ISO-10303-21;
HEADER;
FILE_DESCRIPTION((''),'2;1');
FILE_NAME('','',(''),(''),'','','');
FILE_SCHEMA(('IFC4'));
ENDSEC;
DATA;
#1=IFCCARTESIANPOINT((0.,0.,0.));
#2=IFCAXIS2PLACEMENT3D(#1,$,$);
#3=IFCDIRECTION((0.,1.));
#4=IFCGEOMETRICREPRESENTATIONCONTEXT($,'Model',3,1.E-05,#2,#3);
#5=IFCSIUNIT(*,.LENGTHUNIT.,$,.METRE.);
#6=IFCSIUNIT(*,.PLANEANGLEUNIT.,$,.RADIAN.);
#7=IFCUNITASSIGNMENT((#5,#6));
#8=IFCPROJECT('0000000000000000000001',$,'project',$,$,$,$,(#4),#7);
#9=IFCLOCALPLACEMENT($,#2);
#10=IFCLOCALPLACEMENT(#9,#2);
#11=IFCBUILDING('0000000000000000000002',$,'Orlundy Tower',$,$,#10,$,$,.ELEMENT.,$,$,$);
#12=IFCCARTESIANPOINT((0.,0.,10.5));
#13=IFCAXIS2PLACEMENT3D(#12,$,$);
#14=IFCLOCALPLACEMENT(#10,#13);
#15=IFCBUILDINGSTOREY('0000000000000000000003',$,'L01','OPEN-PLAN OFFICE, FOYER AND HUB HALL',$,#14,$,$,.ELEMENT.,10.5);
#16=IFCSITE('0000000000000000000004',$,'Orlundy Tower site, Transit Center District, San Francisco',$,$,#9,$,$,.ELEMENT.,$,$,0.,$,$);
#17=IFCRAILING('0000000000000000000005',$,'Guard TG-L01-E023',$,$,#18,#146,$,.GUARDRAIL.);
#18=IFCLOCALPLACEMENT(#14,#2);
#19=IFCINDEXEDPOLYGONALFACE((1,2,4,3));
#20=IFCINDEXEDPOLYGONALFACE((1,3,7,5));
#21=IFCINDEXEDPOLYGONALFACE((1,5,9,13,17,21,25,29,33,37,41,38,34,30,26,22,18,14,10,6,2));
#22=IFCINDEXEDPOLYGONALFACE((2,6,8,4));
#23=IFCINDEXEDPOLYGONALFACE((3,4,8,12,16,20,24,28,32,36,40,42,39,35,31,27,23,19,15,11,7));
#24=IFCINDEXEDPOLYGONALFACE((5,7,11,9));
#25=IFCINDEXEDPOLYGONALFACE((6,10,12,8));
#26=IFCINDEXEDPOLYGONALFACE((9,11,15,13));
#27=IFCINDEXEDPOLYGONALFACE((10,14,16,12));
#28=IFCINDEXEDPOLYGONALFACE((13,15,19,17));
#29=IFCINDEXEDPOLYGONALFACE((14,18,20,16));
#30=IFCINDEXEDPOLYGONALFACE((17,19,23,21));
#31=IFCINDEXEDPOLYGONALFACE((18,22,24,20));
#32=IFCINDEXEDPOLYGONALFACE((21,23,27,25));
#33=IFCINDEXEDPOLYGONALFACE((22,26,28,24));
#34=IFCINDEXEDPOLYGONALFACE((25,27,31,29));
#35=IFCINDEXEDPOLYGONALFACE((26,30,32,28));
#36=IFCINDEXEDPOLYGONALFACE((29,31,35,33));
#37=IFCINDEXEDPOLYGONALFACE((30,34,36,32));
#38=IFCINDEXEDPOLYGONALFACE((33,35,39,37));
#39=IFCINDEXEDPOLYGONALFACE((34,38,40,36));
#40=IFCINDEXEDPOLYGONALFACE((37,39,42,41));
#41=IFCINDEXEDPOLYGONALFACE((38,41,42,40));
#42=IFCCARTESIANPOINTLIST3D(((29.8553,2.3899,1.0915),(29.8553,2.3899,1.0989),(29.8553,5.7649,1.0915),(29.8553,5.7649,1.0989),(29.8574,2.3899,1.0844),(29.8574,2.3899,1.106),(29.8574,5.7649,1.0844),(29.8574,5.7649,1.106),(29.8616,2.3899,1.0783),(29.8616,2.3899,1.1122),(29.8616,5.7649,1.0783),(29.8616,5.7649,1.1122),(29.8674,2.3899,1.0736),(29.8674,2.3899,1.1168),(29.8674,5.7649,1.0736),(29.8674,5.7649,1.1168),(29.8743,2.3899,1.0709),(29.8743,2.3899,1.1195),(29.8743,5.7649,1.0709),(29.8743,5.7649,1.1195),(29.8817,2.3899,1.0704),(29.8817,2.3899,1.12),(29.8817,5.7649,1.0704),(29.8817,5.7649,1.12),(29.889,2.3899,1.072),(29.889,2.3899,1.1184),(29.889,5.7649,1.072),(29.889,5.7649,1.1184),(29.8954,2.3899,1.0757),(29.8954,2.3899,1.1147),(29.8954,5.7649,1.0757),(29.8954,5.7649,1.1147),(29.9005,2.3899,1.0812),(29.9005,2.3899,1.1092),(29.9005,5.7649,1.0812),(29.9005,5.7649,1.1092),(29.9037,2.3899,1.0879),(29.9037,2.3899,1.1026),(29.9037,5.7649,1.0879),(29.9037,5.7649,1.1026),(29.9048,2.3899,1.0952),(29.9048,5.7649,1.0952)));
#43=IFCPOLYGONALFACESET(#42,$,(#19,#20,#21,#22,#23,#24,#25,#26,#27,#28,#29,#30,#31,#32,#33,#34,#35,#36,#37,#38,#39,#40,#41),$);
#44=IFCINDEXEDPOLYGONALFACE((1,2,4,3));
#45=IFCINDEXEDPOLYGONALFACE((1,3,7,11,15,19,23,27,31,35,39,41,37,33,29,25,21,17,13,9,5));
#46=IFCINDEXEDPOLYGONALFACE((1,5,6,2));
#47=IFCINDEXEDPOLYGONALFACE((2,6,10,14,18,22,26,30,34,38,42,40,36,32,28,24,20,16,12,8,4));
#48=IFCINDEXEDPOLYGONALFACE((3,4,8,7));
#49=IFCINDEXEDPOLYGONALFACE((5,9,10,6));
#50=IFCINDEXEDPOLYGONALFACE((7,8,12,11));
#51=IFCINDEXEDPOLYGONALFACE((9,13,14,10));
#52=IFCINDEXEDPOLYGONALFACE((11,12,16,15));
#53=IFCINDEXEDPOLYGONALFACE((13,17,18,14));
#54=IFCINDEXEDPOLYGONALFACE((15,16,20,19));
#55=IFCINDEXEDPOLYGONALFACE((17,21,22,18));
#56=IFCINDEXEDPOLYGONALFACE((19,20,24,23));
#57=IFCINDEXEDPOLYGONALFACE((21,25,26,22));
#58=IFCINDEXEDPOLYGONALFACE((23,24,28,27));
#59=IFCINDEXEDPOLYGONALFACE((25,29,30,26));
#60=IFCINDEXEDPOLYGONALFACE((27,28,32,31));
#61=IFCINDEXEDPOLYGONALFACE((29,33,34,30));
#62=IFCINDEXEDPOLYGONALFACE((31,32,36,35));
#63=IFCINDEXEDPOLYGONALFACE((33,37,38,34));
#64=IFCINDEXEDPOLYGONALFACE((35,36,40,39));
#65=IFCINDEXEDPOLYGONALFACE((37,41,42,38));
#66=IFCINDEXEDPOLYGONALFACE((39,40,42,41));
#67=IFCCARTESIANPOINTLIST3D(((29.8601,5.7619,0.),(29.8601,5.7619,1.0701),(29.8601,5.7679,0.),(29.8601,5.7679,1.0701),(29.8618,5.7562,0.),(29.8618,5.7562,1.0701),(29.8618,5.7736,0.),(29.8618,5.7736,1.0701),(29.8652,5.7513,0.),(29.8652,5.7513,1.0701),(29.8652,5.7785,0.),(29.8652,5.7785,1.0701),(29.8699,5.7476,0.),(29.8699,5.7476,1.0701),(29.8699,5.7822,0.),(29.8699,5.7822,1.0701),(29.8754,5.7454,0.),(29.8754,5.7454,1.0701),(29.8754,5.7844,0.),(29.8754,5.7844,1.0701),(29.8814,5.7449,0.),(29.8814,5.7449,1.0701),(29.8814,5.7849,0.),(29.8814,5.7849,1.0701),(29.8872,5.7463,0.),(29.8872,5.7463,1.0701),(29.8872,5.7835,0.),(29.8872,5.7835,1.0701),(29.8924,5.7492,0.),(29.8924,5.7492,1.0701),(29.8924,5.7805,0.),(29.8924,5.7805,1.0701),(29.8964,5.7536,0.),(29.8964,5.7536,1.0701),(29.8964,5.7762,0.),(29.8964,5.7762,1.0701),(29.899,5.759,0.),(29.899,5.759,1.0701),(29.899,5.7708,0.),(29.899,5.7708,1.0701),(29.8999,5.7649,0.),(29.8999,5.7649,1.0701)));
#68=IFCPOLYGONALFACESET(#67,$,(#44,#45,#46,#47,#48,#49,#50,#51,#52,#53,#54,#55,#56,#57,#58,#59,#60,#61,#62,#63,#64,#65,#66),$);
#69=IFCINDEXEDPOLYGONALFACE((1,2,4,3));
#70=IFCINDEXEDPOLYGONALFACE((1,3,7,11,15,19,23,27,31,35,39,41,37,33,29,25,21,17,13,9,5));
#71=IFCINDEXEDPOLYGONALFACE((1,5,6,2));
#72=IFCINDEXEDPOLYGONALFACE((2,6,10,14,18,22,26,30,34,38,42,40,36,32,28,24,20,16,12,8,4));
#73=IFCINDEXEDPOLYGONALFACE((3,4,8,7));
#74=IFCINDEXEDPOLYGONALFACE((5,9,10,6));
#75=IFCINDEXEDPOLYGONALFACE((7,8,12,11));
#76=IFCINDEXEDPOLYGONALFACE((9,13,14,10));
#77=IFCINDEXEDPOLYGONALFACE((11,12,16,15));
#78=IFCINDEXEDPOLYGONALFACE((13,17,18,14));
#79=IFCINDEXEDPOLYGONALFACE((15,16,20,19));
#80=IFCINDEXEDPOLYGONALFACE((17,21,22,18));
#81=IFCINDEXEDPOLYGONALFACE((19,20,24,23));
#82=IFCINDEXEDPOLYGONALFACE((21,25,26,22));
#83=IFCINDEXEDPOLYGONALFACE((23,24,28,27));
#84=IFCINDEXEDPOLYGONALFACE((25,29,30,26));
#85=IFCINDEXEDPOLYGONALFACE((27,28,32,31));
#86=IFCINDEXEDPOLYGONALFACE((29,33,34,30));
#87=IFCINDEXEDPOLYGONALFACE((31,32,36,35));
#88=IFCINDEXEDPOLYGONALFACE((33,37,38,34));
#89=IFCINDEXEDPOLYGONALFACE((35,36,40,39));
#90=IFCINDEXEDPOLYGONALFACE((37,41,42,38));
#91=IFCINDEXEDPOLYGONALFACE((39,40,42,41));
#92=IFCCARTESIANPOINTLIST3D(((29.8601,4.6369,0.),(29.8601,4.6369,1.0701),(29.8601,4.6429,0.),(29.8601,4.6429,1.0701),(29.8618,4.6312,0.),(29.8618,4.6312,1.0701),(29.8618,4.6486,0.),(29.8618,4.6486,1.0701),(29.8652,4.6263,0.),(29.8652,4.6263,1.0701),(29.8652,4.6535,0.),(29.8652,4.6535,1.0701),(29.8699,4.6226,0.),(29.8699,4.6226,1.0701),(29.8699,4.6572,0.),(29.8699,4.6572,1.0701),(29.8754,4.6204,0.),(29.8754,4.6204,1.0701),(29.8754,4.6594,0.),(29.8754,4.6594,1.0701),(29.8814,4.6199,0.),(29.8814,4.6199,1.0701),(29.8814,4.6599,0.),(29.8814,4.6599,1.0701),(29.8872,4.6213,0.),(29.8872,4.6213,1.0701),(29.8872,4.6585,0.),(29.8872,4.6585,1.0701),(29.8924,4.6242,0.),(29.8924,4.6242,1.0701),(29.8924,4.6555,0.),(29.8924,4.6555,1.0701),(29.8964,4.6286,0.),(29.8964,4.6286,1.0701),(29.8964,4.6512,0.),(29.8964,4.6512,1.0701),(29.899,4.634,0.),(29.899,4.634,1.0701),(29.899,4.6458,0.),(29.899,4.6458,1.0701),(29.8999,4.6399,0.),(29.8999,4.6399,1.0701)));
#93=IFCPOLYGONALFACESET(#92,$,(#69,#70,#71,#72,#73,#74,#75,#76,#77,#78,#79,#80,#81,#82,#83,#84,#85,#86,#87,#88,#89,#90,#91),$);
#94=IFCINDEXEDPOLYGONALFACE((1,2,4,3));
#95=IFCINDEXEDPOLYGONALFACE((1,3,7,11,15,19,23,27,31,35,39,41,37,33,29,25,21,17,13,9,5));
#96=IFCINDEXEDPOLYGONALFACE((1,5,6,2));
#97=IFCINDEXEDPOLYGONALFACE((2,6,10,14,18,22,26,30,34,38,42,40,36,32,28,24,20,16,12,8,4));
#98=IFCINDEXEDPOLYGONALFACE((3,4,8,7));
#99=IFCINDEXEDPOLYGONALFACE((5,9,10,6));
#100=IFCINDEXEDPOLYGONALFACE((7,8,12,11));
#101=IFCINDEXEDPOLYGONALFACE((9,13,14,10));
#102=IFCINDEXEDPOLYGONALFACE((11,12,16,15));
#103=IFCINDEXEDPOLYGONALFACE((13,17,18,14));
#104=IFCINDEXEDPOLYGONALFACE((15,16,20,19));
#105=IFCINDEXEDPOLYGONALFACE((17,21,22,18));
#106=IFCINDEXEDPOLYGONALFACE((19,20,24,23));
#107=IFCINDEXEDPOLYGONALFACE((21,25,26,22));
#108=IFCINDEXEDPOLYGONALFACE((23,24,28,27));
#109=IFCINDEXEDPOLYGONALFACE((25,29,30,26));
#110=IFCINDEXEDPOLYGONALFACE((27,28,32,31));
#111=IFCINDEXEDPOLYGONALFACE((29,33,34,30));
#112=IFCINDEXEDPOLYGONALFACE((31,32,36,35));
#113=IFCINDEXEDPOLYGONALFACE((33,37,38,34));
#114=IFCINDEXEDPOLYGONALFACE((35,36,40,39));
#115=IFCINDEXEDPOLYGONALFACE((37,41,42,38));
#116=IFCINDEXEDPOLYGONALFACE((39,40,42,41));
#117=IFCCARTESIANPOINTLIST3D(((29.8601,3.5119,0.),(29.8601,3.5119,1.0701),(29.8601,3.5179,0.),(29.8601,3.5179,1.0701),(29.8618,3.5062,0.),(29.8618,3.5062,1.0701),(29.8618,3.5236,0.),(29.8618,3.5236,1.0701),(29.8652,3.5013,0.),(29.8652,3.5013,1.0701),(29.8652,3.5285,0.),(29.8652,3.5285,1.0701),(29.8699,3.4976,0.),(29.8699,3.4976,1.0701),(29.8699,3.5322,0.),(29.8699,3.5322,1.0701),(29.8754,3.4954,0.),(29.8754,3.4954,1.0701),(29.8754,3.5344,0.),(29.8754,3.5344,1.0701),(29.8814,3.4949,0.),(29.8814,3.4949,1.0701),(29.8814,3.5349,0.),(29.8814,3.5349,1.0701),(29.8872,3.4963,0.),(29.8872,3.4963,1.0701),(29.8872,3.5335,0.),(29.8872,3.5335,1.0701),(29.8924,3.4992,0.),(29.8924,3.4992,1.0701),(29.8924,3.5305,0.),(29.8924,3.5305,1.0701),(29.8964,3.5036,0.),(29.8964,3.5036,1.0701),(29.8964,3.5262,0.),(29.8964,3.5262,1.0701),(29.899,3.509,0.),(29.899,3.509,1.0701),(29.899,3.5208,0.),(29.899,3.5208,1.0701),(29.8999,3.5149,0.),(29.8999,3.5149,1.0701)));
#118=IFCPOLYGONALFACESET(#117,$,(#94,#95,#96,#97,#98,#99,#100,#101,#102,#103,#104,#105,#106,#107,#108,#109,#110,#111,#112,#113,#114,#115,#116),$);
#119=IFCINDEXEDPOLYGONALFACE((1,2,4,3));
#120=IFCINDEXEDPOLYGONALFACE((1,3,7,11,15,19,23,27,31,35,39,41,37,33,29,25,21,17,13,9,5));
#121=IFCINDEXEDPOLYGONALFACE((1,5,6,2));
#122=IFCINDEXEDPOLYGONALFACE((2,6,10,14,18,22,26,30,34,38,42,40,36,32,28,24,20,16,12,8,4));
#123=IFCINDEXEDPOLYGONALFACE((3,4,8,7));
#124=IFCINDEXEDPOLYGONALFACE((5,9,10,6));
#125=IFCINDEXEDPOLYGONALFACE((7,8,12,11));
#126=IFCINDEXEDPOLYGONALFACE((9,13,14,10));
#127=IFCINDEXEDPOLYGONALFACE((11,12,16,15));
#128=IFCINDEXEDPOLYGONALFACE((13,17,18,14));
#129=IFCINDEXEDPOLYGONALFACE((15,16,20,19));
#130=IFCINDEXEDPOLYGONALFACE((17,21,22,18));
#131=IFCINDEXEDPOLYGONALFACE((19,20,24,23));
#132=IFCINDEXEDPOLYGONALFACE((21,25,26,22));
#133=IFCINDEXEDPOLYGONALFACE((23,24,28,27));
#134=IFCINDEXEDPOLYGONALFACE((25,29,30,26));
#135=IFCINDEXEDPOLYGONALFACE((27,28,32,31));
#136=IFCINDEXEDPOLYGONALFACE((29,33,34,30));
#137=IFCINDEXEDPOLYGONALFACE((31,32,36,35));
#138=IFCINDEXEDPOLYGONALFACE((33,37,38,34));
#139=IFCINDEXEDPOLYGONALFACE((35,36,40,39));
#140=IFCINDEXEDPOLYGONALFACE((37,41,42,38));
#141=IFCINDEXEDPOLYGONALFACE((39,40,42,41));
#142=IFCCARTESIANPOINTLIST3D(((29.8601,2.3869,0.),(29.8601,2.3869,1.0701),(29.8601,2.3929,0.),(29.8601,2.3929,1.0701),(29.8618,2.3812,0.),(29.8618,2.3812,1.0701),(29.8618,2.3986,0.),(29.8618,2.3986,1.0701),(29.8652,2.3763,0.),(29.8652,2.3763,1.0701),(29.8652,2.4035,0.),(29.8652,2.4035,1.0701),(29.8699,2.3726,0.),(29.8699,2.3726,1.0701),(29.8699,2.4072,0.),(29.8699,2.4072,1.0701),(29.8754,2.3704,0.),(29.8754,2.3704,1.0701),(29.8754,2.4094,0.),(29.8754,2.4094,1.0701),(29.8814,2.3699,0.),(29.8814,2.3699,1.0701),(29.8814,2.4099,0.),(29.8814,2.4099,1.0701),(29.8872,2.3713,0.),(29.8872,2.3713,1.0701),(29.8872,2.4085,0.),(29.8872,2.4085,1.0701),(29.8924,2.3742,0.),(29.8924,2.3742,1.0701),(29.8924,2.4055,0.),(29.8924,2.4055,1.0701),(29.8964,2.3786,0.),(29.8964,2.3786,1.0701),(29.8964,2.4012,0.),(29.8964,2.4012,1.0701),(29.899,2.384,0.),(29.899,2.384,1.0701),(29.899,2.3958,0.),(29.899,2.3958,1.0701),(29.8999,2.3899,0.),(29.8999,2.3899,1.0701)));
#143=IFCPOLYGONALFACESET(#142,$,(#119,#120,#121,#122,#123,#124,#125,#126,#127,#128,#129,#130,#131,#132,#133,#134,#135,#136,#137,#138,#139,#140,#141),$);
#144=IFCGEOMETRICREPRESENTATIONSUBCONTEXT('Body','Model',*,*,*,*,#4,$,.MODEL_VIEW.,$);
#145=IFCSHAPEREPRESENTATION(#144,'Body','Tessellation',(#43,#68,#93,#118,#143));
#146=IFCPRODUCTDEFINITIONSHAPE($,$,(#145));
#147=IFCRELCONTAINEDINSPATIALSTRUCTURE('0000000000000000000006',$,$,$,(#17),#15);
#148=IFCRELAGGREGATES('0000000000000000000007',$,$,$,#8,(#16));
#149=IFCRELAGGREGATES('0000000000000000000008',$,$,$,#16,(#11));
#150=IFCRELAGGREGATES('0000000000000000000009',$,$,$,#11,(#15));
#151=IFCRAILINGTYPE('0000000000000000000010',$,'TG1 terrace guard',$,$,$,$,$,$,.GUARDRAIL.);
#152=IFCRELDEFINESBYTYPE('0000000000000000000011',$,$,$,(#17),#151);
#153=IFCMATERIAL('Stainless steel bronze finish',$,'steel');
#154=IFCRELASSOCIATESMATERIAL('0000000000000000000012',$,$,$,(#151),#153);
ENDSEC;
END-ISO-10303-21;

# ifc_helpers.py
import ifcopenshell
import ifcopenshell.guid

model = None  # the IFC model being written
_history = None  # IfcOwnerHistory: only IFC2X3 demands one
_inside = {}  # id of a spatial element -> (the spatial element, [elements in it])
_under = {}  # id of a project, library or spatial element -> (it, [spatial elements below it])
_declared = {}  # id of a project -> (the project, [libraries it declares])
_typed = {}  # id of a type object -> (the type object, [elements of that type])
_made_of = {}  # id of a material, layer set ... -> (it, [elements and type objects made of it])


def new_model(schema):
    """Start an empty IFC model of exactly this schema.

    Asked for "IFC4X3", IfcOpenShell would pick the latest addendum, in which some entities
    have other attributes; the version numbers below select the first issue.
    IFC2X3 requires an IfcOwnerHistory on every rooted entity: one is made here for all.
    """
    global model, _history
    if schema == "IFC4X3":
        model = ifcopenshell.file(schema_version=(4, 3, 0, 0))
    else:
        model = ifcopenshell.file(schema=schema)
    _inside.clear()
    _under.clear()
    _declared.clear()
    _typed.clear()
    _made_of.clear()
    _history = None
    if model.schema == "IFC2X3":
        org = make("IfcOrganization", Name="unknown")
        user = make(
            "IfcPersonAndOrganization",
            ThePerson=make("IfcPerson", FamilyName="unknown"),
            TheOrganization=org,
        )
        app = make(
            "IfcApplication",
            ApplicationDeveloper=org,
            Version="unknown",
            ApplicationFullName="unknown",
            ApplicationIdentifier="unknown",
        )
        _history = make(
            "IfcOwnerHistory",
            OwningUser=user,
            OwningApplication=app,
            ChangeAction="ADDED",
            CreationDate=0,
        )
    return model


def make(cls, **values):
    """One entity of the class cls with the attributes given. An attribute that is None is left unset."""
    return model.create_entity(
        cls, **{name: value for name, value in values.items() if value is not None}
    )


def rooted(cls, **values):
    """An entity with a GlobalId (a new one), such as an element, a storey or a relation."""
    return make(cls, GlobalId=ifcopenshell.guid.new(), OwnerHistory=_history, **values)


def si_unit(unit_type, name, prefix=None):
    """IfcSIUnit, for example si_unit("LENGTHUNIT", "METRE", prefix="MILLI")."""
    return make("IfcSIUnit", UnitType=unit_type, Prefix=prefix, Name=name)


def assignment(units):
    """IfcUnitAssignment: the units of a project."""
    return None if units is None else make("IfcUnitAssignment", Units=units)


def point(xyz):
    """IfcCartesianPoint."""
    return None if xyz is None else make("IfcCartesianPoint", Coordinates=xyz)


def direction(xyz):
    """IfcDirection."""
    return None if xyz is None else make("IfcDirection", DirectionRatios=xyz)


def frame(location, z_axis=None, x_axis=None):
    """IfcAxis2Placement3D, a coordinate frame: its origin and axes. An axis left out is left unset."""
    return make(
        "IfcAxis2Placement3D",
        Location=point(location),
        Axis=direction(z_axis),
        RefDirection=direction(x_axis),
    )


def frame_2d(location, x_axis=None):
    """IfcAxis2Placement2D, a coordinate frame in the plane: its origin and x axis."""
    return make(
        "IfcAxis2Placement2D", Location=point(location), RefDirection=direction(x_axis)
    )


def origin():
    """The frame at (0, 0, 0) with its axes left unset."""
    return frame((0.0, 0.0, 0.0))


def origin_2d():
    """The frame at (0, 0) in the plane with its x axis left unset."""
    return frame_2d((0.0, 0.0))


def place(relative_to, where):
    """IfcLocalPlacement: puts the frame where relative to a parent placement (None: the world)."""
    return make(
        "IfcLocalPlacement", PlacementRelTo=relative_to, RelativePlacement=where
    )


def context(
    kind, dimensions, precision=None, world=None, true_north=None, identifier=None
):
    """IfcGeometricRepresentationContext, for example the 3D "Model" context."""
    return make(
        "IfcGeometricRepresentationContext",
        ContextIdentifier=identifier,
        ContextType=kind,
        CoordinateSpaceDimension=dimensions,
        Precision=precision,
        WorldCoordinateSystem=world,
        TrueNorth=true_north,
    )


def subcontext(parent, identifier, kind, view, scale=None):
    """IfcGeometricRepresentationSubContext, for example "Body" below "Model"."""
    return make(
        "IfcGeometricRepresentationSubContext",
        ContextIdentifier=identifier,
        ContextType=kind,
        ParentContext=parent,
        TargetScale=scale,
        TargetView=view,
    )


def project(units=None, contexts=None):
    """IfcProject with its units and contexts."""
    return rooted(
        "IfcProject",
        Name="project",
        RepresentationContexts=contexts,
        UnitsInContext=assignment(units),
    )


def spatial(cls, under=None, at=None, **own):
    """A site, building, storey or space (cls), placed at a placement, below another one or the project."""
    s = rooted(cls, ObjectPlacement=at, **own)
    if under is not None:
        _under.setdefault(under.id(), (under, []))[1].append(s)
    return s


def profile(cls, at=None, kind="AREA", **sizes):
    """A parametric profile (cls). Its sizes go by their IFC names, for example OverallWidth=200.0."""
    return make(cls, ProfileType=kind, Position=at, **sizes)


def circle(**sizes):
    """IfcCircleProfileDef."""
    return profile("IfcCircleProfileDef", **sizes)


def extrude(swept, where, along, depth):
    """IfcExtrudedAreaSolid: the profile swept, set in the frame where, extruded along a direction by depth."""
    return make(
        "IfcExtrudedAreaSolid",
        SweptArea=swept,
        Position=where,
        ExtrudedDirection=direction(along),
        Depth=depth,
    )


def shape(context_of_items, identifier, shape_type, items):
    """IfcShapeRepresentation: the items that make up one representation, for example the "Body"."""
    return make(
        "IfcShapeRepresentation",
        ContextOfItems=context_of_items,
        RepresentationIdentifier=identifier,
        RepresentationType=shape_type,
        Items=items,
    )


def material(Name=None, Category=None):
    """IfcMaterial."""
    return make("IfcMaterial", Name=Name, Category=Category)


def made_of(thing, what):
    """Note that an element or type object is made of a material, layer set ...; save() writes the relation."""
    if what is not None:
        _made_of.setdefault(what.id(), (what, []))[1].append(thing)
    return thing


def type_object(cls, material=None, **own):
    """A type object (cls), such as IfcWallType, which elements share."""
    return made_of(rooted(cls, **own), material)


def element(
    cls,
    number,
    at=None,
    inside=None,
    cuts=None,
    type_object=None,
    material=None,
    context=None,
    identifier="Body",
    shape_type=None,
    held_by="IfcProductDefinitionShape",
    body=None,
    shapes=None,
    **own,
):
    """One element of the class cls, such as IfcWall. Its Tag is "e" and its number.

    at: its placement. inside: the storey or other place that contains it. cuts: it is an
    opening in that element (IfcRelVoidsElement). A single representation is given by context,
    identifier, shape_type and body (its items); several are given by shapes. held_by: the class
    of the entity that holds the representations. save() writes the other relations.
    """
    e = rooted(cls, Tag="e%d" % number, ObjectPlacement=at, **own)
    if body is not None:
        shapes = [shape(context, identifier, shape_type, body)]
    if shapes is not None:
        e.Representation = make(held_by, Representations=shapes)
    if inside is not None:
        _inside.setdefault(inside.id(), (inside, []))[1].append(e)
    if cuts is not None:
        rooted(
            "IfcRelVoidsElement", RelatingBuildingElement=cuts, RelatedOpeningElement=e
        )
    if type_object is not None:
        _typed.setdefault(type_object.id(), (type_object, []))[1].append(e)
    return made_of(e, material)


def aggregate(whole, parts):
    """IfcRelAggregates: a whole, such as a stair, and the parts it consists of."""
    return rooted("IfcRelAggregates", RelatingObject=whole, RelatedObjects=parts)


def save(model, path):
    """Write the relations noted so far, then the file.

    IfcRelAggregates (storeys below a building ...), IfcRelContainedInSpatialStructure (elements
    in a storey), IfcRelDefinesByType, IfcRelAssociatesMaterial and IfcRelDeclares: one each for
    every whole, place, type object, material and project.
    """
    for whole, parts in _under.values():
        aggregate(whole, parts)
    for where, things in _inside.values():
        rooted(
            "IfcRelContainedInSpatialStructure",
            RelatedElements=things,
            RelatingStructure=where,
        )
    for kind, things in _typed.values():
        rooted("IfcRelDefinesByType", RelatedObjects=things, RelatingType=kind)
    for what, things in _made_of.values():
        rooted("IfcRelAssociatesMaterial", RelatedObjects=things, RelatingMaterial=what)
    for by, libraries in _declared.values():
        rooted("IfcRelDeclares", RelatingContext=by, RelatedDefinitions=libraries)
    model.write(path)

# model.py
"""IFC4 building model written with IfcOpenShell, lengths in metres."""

from ifc_helpers import new_model, si_unit, direction, frame, origin, origin_2d, place, context, subcontext, project, spatial, circle, extrude, material, type_object, element, save


model = new_model("IFC4")

# Units and contexts
model_context = context("Model", 3, precision=1e-05, world=origin(), true_north=direction((0.0, 1.0)))
body_context = subcontext(model_context, "Body", "Model", "MODEL_VIEW")
ifc_project = project(units=[si_unit("LENGTHUNIT", "METRE"), si_unit("PLANEANGLEUNIT", "RADIAN")], contexts=[model_context])

# Site, building, storey
site_placement = place(None, origin())
site = spatial("IfcSite", under=ifc_project, at=site_placement, Name="Orlundy Tower site, Transit Center District, San Francisco", CompositionType="ELEMENT", RefElevation=0.0)
building_placement = place(site_placement, origin())
building = spatial("IfcBuilding", under=site, at=building_placement, Name="Orlundy Tower", CompositionType="ELEMENT")
storey_placement = place(building_placement, frame((0.0, 0.0, 10.5)))
storey = spatial("IfcBuildingStorey", under=building, at=storey_placement, Name="L01", Description="OPEN-PLAN OFFICE, FOYER AND HUB HALL", CompositionType="ELEMENT", Elevation=10.5)

# Railing
ifc_material_1 = material(Name="Stainless steel bronze finish", Category="steel")
railing_type_1 = type_object("IfcRailingType", Name="TG1 terrace guard", PredefinedType="GUARDRAIL", material=ifc_material_1)
railing_placement = place(storey_placement, frame((29.8799, 5.7649, 0.0)))
element("IfcRailing", 1, at=railing_placement, inside=storey, type_object=railing_type_1, Name="Guard TG-L01-E023", PredefinedType="GUARDRAIL", context=body_context, shape_type="SweptSolid", body=[
    extrude(circle(Radius=0.0249, at=origin_2d()), frame((0.0, 0.0, 1.0952), z_axis=(0.0, -1.0, 0.0), x_axis=(1.0, 0.0, 0.0)), (0.0, 0.0, 1.0), 3.375),
    extrude(circle(Radius=0.02, at=origin_2d()), origin(), (0.0, 0.0, 1.0), 1.0701),
    extrude(circle(Radius=0.02, at=origin_2d()), frame((0.0, -1.125, 0.0)), (0.0, 0.0, 1.0), 1.0701),
    extrude(circle(Radius=0.02, at=origin_2d()), frame((0.0, -2.25, 0.0)), (0.0, 0.0, 1.0), 1.0701),
    extrude(circle(Radius=0.02, at=origin_2d()), frame((0.0, -3.375, 0.0)), (0.0, 0.0, 1.0), 1.0701),
])

save(model, "model.ifc")
